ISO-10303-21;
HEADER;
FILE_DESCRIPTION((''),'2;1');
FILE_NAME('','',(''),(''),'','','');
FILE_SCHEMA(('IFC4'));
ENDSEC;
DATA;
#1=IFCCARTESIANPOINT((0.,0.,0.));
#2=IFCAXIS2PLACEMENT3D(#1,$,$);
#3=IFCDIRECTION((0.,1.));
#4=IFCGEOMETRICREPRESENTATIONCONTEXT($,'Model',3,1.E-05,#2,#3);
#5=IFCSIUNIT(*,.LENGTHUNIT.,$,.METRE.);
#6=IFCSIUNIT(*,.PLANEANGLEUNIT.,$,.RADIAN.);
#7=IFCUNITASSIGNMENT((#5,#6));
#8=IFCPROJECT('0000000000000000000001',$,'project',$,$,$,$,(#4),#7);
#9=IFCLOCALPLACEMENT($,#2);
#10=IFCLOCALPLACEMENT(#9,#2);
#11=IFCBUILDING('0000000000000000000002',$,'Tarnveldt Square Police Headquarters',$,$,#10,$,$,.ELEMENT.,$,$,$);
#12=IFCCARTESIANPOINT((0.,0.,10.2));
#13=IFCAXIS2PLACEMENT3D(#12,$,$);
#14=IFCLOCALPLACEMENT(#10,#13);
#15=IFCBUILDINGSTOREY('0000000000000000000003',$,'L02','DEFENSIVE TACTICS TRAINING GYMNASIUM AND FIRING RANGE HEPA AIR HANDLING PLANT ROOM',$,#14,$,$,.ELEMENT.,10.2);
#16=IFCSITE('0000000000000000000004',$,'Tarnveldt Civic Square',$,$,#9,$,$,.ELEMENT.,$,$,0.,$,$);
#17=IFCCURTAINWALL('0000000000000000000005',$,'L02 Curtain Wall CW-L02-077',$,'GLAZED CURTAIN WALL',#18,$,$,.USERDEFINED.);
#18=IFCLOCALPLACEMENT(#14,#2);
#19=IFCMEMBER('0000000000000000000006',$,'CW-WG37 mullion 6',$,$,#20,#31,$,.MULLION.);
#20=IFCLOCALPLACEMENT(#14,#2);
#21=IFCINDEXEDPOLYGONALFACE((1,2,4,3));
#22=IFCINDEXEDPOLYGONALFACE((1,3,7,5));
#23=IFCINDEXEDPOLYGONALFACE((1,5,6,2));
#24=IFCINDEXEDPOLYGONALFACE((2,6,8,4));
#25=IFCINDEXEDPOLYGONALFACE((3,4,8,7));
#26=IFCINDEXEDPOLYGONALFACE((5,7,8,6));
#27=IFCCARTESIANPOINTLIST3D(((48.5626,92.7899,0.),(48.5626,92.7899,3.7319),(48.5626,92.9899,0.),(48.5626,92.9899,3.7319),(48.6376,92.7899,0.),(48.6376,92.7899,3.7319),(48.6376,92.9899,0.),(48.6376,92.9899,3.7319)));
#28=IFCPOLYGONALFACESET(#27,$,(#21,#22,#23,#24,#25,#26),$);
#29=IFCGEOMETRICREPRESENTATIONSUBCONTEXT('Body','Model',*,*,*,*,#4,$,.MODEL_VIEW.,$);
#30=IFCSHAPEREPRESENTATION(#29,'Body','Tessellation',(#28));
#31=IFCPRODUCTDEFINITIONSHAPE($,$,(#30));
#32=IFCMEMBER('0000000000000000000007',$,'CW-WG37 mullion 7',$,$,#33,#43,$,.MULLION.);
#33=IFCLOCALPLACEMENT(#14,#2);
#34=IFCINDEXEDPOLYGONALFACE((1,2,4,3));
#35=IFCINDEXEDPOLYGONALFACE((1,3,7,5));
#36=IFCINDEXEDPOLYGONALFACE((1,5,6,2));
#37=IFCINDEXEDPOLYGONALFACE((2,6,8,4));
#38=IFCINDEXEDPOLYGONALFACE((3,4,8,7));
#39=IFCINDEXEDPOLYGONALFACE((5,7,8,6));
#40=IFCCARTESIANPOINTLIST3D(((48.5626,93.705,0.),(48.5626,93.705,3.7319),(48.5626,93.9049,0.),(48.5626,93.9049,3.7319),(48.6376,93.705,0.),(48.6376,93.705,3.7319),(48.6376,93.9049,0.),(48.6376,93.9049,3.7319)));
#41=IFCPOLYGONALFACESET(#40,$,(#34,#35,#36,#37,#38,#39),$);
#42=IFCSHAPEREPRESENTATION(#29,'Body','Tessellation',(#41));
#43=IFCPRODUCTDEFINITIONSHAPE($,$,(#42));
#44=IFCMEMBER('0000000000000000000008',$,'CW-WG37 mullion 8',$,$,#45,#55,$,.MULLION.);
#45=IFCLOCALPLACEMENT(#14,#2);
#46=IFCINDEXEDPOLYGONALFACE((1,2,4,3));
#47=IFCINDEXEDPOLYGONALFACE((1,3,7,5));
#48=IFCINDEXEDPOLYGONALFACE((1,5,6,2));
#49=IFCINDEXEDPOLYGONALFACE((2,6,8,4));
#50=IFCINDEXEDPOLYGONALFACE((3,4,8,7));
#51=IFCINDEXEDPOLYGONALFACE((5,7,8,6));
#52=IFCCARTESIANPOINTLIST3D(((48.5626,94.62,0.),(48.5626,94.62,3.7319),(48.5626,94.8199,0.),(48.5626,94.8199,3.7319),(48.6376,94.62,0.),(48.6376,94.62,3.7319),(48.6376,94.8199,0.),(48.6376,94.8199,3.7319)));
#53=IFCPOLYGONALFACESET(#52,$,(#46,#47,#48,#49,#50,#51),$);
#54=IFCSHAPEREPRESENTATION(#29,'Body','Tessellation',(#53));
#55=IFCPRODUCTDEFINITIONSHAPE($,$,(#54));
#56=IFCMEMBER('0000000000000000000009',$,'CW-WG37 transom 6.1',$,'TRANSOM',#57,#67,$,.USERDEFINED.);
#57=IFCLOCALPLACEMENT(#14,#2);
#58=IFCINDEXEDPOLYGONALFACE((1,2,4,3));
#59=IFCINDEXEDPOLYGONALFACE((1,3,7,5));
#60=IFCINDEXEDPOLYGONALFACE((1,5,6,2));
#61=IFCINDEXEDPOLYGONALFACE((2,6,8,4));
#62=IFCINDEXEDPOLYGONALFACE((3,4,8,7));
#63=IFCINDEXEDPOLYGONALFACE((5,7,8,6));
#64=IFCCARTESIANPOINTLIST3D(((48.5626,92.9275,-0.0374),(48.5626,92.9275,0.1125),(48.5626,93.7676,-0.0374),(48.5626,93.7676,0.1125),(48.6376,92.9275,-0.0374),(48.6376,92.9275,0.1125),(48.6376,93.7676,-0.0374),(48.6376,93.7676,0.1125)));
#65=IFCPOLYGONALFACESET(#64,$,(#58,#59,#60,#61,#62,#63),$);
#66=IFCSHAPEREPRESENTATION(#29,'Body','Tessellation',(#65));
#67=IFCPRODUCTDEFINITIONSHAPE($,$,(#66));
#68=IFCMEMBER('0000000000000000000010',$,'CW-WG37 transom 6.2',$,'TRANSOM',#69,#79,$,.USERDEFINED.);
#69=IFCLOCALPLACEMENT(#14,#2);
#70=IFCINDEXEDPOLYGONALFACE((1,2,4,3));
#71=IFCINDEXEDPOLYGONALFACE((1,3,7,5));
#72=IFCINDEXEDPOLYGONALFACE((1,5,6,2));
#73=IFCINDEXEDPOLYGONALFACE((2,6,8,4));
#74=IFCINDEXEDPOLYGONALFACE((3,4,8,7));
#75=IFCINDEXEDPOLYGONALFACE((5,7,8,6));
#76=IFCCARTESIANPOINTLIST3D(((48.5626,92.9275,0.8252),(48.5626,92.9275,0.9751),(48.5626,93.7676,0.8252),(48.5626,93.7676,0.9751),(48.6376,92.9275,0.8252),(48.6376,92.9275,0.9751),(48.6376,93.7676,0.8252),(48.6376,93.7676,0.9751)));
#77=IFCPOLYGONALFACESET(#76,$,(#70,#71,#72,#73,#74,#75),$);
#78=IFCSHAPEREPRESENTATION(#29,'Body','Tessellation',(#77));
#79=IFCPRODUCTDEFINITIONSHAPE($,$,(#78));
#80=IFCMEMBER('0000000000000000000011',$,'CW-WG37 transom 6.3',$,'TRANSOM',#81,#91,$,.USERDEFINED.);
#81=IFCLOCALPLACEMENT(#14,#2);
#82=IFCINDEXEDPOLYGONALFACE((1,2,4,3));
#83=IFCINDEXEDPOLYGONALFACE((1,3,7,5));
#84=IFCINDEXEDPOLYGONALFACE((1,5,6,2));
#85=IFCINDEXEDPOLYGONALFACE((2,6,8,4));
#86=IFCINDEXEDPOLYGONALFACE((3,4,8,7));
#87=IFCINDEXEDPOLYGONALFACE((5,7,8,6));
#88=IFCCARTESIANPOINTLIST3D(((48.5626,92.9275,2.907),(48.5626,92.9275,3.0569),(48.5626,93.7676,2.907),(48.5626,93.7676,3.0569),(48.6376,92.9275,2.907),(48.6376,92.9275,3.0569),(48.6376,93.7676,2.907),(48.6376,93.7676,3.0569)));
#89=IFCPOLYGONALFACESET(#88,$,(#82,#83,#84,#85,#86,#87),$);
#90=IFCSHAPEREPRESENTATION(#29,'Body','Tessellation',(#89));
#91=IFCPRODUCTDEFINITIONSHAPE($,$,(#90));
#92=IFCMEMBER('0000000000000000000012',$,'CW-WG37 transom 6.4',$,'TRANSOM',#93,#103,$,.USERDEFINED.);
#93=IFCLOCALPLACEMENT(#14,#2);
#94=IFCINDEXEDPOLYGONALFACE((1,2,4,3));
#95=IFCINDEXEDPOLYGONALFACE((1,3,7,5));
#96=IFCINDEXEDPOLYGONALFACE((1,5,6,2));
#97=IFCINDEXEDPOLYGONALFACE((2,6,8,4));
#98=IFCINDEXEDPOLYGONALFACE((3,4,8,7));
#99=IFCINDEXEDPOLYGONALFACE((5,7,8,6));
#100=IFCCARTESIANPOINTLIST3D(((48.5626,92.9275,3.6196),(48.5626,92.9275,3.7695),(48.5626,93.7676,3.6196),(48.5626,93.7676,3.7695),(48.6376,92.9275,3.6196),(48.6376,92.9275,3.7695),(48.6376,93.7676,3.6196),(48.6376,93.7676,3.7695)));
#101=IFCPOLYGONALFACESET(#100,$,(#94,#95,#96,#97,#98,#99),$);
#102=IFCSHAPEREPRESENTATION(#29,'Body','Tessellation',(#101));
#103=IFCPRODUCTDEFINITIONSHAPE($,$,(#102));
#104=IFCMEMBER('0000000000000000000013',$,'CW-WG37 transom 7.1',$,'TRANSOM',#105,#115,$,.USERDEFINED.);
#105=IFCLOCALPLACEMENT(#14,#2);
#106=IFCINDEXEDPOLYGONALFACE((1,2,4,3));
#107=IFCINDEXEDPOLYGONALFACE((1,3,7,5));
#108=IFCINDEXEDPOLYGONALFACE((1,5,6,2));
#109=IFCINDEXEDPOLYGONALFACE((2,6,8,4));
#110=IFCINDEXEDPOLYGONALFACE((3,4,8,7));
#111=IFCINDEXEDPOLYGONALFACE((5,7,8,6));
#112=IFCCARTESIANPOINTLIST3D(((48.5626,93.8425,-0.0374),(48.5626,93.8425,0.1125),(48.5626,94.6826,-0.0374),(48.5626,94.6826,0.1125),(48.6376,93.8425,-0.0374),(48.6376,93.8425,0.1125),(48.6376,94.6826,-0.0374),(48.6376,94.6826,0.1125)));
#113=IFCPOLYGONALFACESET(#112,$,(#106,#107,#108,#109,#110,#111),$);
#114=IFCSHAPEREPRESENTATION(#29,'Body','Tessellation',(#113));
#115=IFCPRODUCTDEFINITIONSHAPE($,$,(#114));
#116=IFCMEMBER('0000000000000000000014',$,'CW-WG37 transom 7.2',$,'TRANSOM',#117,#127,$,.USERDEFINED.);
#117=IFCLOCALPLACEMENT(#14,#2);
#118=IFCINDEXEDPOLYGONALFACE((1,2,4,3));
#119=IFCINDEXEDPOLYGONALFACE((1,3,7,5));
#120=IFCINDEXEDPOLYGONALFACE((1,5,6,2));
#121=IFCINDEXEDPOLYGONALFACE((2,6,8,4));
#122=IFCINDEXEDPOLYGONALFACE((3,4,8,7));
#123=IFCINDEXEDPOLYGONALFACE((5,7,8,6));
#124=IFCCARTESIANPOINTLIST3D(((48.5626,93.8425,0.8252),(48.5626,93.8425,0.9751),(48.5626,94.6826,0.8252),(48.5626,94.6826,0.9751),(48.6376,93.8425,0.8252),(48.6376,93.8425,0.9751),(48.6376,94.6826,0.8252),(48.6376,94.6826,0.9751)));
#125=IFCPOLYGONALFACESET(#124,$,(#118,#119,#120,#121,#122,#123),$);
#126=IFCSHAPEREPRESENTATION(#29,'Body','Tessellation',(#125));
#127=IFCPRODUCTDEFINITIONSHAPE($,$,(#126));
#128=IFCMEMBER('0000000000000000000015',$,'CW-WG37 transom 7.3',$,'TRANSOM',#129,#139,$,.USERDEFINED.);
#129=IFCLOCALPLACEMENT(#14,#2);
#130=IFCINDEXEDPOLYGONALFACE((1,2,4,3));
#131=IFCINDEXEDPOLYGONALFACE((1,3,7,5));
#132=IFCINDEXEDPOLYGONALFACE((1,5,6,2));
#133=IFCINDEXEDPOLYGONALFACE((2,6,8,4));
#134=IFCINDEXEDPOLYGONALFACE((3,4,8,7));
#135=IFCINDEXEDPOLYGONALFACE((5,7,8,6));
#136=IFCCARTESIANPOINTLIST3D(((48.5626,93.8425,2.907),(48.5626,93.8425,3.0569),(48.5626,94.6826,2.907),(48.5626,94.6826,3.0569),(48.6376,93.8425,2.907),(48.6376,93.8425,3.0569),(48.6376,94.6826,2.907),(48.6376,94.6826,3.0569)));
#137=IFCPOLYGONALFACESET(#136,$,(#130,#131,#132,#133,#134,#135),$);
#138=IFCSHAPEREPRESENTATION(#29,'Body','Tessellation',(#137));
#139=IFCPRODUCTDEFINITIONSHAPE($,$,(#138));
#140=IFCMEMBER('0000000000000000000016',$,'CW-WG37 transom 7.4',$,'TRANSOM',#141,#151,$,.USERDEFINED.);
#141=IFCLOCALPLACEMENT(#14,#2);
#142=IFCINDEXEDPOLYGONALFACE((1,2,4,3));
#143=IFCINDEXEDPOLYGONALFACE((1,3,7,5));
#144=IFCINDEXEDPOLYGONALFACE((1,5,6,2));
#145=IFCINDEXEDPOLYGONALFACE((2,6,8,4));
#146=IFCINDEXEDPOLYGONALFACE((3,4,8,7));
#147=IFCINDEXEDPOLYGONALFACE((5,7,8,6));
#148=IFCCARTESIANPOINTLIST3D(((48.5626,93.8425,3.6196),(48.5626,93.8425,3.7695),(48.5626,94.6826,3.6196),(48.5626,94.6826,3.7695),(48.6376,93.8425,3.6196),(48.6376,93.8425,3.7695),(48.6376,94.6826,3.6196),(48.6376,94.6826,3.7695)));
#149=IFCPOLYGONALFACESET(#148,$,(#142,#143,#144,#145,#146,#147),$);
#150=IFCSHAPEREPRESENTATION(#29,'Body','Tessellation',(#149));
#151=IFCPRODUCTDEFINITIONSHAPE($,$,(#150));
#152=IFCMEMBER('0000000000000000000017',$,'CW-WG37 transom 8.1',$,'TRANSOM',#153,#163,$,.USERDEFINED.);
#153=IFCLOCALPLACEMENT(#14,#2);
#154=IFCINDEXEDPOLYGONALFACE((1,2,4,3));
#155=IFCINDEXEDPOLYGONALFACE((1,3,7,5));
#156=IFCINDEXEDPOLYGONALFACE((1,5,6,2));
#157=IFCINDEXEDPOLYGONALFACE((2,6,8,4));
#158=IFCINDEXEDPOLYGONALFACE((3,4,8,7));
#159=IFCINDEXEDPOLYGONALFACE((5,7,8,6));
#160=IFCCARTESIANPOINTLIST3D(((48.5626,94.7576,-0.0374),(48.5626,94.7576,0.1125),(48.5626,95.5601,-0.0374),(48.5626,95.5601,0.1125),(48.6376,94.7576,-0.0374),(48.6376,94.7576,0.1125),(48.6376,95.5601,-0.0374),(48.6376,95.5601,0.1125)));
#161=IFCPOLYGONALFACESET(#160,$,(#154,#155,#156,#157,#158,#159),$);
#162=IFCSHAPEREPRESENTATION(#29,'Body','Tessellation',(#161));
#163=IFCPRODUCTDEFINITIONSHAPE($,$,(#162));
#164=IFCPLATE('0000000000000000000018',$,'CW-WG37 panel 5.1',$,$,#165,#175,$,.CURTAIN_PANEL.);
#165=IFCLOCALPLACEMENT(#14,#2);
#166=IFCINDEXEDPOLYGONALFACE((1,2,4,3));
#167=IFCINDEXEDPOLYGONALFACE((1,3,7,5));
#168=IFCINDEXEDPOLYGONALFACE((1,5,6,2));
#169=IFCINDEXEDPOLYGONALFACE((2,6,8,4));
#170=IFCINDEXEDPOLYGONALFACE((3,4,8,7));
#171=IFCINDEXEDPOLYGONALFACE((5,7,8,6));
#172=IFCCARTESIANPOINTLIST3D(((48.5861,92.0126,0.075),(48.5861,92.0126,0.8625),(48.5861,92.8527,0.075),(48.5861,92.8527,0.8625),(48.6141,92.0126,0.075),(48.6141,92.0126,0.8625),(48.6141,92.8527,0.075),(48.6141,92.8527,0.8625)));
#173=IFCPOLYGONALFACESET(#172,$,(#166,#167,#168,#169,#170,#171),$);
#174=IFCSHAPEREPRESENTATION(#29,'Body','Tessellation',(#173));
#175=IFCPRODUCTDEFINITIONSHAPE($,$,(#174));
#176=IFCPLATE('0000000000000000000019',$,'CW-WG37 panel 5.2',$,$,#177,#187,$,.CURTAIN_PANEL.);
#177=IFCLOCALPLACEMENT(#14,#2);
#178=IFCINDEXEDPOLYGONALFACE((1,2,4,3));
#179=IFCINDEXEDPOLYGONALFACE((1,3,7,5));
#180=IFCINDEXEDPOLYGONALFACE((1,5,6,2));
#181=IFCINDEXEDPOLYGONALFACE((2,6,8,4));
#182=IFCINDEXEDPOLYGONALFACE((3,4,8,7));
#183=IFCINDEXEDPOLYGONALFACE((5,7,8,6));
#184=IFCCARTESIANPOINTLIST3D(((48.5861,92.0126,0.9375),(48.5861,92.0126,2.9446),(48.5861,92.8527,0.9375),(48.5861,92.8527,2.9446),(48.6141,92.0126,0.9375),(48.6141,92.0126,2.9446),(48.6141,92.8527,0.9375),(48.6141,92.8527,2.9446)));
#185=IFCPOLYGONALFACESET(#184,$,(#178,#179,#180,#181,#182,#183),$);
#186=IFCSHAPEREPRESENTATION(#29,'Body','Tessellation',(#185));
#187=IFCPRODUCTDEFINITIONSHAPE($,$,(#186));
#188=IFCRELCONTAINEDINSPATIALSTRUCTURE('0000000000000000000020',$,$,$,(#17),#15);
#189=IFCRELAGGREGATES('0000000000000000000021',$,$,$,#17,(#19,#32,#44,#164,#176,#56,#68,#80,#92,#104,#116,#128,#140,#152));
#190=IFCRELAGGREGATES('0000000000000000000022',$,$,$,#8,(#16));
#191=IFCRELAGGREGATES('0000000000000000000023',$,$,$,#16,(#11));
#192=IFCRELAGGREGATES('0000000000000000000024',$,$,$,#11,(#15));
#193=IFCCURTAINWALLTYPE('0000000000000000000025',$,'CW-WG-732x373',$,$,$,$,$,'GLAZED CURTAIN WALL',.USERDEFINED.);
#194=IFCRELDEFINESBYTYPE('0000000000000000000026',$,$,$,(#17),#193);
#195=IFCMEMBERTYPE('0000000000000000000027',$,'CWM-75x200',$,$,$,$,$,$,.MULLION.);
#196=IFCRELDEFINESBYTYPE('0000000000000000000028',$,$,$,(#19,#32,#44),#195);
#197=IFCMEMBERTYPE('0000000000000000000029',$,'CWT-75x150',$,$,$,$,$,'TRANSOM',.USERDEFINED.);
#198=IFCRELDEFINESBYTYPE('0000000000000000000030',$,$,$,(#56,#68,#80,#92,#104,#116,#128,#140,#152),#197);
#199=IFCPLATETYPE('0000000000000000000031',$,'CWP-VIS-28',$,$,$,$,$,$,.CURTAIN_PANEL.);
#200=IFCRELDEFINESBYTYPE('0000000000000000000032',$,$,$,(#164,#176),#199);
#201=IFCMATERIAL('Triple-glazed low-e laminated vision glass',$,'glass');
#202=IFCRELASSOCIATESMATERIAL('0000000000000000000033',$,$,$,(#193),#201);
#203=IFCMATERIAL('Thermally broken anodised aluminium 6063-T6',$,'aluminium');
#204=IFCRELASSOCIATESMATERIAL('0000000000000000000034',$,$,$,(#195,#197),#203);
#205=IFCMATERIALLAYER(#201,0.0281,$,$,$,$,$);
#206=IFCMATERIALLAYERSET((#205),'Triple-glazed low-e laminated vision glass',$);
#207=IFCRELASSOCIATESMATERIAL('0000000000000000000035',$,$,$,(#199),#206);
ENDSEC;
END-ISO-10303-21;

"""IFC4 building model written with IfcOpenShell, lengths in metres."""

from ifc_helpers import new_model, si_unit, direction, frame, origin, origin_2d, place, context, subcontext, project, spatial, rectangle, extrude, material, layer, layer_set, material_profile, profile_set, type_object, element, aggregate, save


model = new_model("IFC4")

# Units and contexts
model_context = context("Model", 3, precision=1e-05, world=origin(), true_north=direction((0.0, 1.0)))
body_context = subcontext(model_context, "Body", "Model", "MODEL_VIEW")
ifc_project = project(units=[si_unit("LENGTHUNIT", "METRE"), si_unit("PLANEANGLEUNIT", "RADIAN")], contexts=[model_context])

# Site, building, storey
site_placement = place(None, origin())
site = spatial("IfcSite", under=ifc_project, at=site_placement, Name="Tarnveldt Civic Square", CompositionType="ELEMENT", RefElevation=0.0)
building_placement = place(site_placement, origin())
building = spatial("IfcBuilding", under=site, at=building_placement, Name="Tarnveldt Square Police Headquarters", CompositionType="ELEMENT")
storey_placement = place(building_placement, frame((0.0, 0.0, 10.2)))
storey = spatial("IfcBuildingStorey", under=building, at=storey_placement, Name="L02", Description="DEFENSIVE TACTICS TRAINING GYMNASIUM AND FIRING RANGE HEPA AIR HANDLING PLANT ROOM", CompositionType="ELEMENT", Elevation=10.2)

# Curtain wall, members, plates
ifc_material_1 = material(Name="Triple-glazed low-e laminated vision glass", Category="glass")
curtain_wall_type = type_object("IfcCurtainWallType", Name="CW-WG-732x373", ElementType="GLAZED CURTAIN WALL", PredefinedType="USERDEFINED", material=ifc_material_1)
curtain_wall_placement = place(storey_placement, origin())
curtain_wall = element("IfcCurtainWall", 1, at=curtain_wall_placement, inside=storey, type_object=curtain_wall_type, Name="L02 Curtain Wall CW-L02-077", ObjectType="GLAZED CURTAIN WALL", PredefinedType="USERDEFINED")
ifc_material_2 = material(Name="Thermally broken anodised aluminium 6063-T6", Category="aluminium")
ifc_material_profile_1 = material_profile(ifc_material_2, rectangle(XDim=0.075, YDim=0.2, at=origin_2d()), Name="CW-M75x200")
ifc_profile_set_1 = profile_set([ifc_material_profile_1], Name="Thermally broken anodised aluminium 6063-T6")
member_type_1 = type_object("IfcMemberType", Name="CWM-75x200", PredefinedType="MULLION", material=ifc_profile_set_1)
member_1_placement = place(storey_placement, frame((48.6001, 92.8899, 0.0), z_axis=(0.0, 0.0, 1.0), x_axis=(-1.0, 0.0, 0.0)))
member_1 = element("IfcMember", 2, at=member_1_placement, type_object=member_type_1, Name="CW-WG37 mullion 6", PredefinedType="MULLION", context=body_context, shape_type="SweptSolid", body=[
    extrude(rectangle(XDim=0.075, YDim=0.2, at=origin_2d()), origin(), (0.0, 0.0, 1.0), 3.7319),
])
member_2_placement = place(storey_placement, frame((48.6001, 93.8049, 0.0), z_axis=(0.0, 0.0, 1.0), x_axis=(-1.0, 0.0, 0.0)))
member_2 = element("IfcMember", 3, at=member_2_placement, type_object=member_type_1, Name="CW-WG37 mullion 7", PredefinedType="MULLION", context=body_context, shape_type="SweptSolid", body=[
    extrude(rectangle(XDim=0.075, YDim=0.2, at=origin_2d()), origin(), (0.0, 0.0, 1.0), 3.7319),
])
member_3_placement = place(storey_placement, frame((48.6001, 94.72, 0.0), z_axis=(0.0, 0.0, 1.0), x_axis=(-1.0, 0.0, 0.0)))
member_3 = element("IfcMember", 4, at=member_3_placement, type_object=member_type_1, Name="CW-WG37 mullion 8", PredefinedType="MULLION", context=body_context, shape_type="SweptSolid", body=[
    extrude(rectangle(XDim=0.075, YDim=0.2, at=origin_2d()), origin(), (0.0, 0.0, 1.0), 3.7319),
])
ifc_material_profile_2 = material_profile(ifc_material_2, rectangle(XDim=0.075, YDim=0.1499, at=origin_2d()), Name="CW-T75x150")
ifc_profile_set_2 = profile_set([ifc_material_profile_2], Name="Thermally broken anodised aluminium 6063-T6")
member_type_2 = type_object("IfcMemberType", Name="CWT-75x150", ElementType="TRANSOM", PredefinedType="USERDEFINED", material=ifc_profile_set_2)
member_4_placement = place(storey_placement, frame((48.6001, 92.9275, 0.0376), z_axis=(0.0, 1.0, 0.0), x_axis=(-1.0, 0.0, 0.0)))
member_4 = element("IfcMember", 5, at=member_4_placement, type_object=member_type_2, Name="CW-WG37 transom 6.1", ObjectType="TRANSOM", PredefinedType="USERDEFINED", context=body_context, shape_type="SweptSolid", body=[
    extrude(rectangle(XDim=0.075, YDim=0.1499, at=origin_2d()), origin(), (0.0, 0.0, 1.0), 0.8401),
])
member_5_placement = place(storey_placement, frame((48.6001, 92.9275, 0.9001), z_axis=(0.0, 1.0, 0.0), x_axis=(-1.0, 0.0, 0.0)))
member_5 = element("IfcMember", 6, at=member_5_placement, type_object=member_type_2, Name="CW-WG37 transom 6.2", ObjectType="TRANSOM", PredefinedType="USERDEFINED", context=body_context, shape_type="SweptSolid", body=[
    extrude(rectangle(XDim=0.075, YDim=0.1499, at=origin_2d()), origin(), (0.0, 0.0, 1.0), 0.8401),
])
member_6_placement = place(storey_placement, frame((48.6001, 92.9275, 2.9819), z_axis=(0.0, 1.0, 0.0), x_axis=(-1.0, 0.0, 0.0)))
member_6 = element("IfcMember", 7, at=member_6_placement, type_object=member_type_2, Name="CW-WG37 transom 6.3", ObjectType="TRANSOM", PredefinedType="USERDEFINED", context=body_context, shape_type="SweptSolid", body=[
    extrude(rectangle(XDim=0.075, YDim=0.1499, at=origin_2d()), origin(), (0.0, 0.0, 1.0), 0.8401),
])
member_7_placement = place(storey_placement, frame((48.6001, 92.9275, 3.6946), z_axis=(0.0, 1.0, 0.0), x_axis=(-1.0, 0.0, 0.0)))
member_7 = element("IfcMember", 8, at=member_7_placement, type_object=member_type_2, Name="CW-WG37 transom 6.4", ObjectType="TRANSOM", PredefinedType="USERDEFINED", context=body_context, shape_type="SweptSolid", body=[
    extrude(rectangle(XDim=0.075, YDim=0.1499, at=origin_2d()), origin(), (0.0, 0.0, 1.0), 0.8401),
])
member_8_placement = place(storey_placement, frame((48.6001, 93.8425, 0.0376), z_axis=(0.0, 1.0, 0.0), x_axis=(-1.0, 0.0, 0.0)))
member_8 = element("IfcMember", 9, at=member_8_placement, type_object=member_type_2, Name="CW-WG37 transom 7.1", ObjectType="TRANSOM", PredefinedType="USERDEFINED", context=body_context, shape_type="SweptSolid", body=[
    extrude(rectangle(XDim=0.075, YDim=0.1499, at=origin_2d()), origin(), (0.0, 0.0, 1.0), 0.8401),
])
member_9_placement = place(storey_placement, frame((48.6001, 93.8425, 0.9001), z_axis=(0.0, 1.0, 0.0), x_axis=(-1.0, 0.0, 0.0)))
member_9 = element("IfcMember", 10, at=member_9_placement, type_object=member_type_2, Name="CW-WG37 transom 7.2", ObjectType="TRANSOM", PredefinedType="USERDEFINED", context=body_context, shape_type="SweptSolid", body=[
    extrude(rectangle(XDim=0.075, YDim=0.1499, at=origin_2d()), origin(), (0.0, 0.0, 1.0), 0.8401),
])
member_10_placement = place(storey_placement, frame((48.6001, 93.8425, 2.9819), z_axis=(0.0, 1.0, 0.0), x_axis=(-1.0, 0.0, 0.0)))
member_10 = element("IfcMember", 11, at=member_10_placement, type_object=member_type_2, Name="CW-WG37 transom 7.3", ObjectType="TRANSOM", PredefinedType="USERDEFINED", context=body_context, shape_type="SweptSolid", body=[
    extrude(rectangle(XDim=0.075, YDim=0.1499, at=origin_2d()), origin(), (0.0, 0.0, 1.0), 0.8401),
])
member_11_placement = place(storey_placement, frame((48.6001, 93.8425, 3.6946), z_axis=(0.0, 1.0, 0.0), x_axis=(-1.0, 0.0, 0.0)))
member_11 = element("IfcMember", 12, at=member_11_placement, type_object=member_type_2, Name="CW-WG37 transom 7.4", ObjectType="TRANSOM", PredefinedType="USERDEFINED", context=body_context, shape_type="SweptSolid", body=[
    extrude(rectangle(XDim=0.075, YDim=0.1499, at=origin_2d()), origin(), (0.0, 0.0, 1.0), 0.8401),
])
member_12_placement = place(storey_placement, frame((48.6001, 94.7576, 0.0376), z_axis=(0.0, 1.0, 0.0), x_axis=(-1.0, 0.0, 0.0)))
member_12 = element("IfcMember", 13, at=member_12_placement, type_object=member_type_2, Name="CW-WG37 transom 8.1", ObjectType="TRANSOM", PredefinedType="USERDEFINED", context=body_context, shape_type="SweptSolid", body=[
    extrude(rectangle(XDim=0.075, YDim=0.1499, at=origin_2d()), origin(), (0.0, 0.0, 1.0), 0.8025),
])
ifc_layer = layer(ifc_material_1, 0.0281)
ifc_layer_set = layer_set([ifc_layer], Name="Triple-glazed low-e laminated vision glass")
plate_type = type_object("IfcPlateType", Name="CWP-VIS-28", PredefinedType="CURTAIN_PANEL", material=ifc_layer_set)
plate_1_placement = place(storey_placement, frame((48.6001, 92.4326, 0.075), z_axis=(0.0, 0.0, 1.0), x_axis=(0.0, 1.0, 0.0)))
plate_1 = element("IfcPlate", 14, at=plate_1_placement, type_object=plate_type, Name="CW-WG37 panel 5.1", PredefinedType="CURTAIN_PANEL", context=body_context, shape_type="SweptSolid", body=[
    extrude(rectangle(XDim=0.8401, YDim=0.0281, at=origin_2d()), origin(), (0.0, 0.0, 1.0), 0.7876),
])
plate_2_placement = place(storey_placement, frame((48.6001, 92.4326, 0.9375), z_axis=(0.0, 0.0, 1.0), x_axis=(0.0, 1.0, 0.0)))
plate_2 = element("IfcPlate", 15, at=plate_2_placement, type_object=plate_type, Name="CW-WG37 panel 5.2", PredefinedType="CURTAIN_PANEL", context=body_context, shape_type="SweptSolid", body=[
    extrude(rectangle(XDim=0.8401, YDim=0.0281, at=origin_2d()), origin(), (0.0, 0.0, 1.0), 2.0071),
])
aggregate(curtain_wall, [member_1, member_2, member_3, plate_1, plate_2, member_4, member_5, member_6, member_7, member_8, member_9, member_10, member_11, member_12])

save(model, "model.ifc")
